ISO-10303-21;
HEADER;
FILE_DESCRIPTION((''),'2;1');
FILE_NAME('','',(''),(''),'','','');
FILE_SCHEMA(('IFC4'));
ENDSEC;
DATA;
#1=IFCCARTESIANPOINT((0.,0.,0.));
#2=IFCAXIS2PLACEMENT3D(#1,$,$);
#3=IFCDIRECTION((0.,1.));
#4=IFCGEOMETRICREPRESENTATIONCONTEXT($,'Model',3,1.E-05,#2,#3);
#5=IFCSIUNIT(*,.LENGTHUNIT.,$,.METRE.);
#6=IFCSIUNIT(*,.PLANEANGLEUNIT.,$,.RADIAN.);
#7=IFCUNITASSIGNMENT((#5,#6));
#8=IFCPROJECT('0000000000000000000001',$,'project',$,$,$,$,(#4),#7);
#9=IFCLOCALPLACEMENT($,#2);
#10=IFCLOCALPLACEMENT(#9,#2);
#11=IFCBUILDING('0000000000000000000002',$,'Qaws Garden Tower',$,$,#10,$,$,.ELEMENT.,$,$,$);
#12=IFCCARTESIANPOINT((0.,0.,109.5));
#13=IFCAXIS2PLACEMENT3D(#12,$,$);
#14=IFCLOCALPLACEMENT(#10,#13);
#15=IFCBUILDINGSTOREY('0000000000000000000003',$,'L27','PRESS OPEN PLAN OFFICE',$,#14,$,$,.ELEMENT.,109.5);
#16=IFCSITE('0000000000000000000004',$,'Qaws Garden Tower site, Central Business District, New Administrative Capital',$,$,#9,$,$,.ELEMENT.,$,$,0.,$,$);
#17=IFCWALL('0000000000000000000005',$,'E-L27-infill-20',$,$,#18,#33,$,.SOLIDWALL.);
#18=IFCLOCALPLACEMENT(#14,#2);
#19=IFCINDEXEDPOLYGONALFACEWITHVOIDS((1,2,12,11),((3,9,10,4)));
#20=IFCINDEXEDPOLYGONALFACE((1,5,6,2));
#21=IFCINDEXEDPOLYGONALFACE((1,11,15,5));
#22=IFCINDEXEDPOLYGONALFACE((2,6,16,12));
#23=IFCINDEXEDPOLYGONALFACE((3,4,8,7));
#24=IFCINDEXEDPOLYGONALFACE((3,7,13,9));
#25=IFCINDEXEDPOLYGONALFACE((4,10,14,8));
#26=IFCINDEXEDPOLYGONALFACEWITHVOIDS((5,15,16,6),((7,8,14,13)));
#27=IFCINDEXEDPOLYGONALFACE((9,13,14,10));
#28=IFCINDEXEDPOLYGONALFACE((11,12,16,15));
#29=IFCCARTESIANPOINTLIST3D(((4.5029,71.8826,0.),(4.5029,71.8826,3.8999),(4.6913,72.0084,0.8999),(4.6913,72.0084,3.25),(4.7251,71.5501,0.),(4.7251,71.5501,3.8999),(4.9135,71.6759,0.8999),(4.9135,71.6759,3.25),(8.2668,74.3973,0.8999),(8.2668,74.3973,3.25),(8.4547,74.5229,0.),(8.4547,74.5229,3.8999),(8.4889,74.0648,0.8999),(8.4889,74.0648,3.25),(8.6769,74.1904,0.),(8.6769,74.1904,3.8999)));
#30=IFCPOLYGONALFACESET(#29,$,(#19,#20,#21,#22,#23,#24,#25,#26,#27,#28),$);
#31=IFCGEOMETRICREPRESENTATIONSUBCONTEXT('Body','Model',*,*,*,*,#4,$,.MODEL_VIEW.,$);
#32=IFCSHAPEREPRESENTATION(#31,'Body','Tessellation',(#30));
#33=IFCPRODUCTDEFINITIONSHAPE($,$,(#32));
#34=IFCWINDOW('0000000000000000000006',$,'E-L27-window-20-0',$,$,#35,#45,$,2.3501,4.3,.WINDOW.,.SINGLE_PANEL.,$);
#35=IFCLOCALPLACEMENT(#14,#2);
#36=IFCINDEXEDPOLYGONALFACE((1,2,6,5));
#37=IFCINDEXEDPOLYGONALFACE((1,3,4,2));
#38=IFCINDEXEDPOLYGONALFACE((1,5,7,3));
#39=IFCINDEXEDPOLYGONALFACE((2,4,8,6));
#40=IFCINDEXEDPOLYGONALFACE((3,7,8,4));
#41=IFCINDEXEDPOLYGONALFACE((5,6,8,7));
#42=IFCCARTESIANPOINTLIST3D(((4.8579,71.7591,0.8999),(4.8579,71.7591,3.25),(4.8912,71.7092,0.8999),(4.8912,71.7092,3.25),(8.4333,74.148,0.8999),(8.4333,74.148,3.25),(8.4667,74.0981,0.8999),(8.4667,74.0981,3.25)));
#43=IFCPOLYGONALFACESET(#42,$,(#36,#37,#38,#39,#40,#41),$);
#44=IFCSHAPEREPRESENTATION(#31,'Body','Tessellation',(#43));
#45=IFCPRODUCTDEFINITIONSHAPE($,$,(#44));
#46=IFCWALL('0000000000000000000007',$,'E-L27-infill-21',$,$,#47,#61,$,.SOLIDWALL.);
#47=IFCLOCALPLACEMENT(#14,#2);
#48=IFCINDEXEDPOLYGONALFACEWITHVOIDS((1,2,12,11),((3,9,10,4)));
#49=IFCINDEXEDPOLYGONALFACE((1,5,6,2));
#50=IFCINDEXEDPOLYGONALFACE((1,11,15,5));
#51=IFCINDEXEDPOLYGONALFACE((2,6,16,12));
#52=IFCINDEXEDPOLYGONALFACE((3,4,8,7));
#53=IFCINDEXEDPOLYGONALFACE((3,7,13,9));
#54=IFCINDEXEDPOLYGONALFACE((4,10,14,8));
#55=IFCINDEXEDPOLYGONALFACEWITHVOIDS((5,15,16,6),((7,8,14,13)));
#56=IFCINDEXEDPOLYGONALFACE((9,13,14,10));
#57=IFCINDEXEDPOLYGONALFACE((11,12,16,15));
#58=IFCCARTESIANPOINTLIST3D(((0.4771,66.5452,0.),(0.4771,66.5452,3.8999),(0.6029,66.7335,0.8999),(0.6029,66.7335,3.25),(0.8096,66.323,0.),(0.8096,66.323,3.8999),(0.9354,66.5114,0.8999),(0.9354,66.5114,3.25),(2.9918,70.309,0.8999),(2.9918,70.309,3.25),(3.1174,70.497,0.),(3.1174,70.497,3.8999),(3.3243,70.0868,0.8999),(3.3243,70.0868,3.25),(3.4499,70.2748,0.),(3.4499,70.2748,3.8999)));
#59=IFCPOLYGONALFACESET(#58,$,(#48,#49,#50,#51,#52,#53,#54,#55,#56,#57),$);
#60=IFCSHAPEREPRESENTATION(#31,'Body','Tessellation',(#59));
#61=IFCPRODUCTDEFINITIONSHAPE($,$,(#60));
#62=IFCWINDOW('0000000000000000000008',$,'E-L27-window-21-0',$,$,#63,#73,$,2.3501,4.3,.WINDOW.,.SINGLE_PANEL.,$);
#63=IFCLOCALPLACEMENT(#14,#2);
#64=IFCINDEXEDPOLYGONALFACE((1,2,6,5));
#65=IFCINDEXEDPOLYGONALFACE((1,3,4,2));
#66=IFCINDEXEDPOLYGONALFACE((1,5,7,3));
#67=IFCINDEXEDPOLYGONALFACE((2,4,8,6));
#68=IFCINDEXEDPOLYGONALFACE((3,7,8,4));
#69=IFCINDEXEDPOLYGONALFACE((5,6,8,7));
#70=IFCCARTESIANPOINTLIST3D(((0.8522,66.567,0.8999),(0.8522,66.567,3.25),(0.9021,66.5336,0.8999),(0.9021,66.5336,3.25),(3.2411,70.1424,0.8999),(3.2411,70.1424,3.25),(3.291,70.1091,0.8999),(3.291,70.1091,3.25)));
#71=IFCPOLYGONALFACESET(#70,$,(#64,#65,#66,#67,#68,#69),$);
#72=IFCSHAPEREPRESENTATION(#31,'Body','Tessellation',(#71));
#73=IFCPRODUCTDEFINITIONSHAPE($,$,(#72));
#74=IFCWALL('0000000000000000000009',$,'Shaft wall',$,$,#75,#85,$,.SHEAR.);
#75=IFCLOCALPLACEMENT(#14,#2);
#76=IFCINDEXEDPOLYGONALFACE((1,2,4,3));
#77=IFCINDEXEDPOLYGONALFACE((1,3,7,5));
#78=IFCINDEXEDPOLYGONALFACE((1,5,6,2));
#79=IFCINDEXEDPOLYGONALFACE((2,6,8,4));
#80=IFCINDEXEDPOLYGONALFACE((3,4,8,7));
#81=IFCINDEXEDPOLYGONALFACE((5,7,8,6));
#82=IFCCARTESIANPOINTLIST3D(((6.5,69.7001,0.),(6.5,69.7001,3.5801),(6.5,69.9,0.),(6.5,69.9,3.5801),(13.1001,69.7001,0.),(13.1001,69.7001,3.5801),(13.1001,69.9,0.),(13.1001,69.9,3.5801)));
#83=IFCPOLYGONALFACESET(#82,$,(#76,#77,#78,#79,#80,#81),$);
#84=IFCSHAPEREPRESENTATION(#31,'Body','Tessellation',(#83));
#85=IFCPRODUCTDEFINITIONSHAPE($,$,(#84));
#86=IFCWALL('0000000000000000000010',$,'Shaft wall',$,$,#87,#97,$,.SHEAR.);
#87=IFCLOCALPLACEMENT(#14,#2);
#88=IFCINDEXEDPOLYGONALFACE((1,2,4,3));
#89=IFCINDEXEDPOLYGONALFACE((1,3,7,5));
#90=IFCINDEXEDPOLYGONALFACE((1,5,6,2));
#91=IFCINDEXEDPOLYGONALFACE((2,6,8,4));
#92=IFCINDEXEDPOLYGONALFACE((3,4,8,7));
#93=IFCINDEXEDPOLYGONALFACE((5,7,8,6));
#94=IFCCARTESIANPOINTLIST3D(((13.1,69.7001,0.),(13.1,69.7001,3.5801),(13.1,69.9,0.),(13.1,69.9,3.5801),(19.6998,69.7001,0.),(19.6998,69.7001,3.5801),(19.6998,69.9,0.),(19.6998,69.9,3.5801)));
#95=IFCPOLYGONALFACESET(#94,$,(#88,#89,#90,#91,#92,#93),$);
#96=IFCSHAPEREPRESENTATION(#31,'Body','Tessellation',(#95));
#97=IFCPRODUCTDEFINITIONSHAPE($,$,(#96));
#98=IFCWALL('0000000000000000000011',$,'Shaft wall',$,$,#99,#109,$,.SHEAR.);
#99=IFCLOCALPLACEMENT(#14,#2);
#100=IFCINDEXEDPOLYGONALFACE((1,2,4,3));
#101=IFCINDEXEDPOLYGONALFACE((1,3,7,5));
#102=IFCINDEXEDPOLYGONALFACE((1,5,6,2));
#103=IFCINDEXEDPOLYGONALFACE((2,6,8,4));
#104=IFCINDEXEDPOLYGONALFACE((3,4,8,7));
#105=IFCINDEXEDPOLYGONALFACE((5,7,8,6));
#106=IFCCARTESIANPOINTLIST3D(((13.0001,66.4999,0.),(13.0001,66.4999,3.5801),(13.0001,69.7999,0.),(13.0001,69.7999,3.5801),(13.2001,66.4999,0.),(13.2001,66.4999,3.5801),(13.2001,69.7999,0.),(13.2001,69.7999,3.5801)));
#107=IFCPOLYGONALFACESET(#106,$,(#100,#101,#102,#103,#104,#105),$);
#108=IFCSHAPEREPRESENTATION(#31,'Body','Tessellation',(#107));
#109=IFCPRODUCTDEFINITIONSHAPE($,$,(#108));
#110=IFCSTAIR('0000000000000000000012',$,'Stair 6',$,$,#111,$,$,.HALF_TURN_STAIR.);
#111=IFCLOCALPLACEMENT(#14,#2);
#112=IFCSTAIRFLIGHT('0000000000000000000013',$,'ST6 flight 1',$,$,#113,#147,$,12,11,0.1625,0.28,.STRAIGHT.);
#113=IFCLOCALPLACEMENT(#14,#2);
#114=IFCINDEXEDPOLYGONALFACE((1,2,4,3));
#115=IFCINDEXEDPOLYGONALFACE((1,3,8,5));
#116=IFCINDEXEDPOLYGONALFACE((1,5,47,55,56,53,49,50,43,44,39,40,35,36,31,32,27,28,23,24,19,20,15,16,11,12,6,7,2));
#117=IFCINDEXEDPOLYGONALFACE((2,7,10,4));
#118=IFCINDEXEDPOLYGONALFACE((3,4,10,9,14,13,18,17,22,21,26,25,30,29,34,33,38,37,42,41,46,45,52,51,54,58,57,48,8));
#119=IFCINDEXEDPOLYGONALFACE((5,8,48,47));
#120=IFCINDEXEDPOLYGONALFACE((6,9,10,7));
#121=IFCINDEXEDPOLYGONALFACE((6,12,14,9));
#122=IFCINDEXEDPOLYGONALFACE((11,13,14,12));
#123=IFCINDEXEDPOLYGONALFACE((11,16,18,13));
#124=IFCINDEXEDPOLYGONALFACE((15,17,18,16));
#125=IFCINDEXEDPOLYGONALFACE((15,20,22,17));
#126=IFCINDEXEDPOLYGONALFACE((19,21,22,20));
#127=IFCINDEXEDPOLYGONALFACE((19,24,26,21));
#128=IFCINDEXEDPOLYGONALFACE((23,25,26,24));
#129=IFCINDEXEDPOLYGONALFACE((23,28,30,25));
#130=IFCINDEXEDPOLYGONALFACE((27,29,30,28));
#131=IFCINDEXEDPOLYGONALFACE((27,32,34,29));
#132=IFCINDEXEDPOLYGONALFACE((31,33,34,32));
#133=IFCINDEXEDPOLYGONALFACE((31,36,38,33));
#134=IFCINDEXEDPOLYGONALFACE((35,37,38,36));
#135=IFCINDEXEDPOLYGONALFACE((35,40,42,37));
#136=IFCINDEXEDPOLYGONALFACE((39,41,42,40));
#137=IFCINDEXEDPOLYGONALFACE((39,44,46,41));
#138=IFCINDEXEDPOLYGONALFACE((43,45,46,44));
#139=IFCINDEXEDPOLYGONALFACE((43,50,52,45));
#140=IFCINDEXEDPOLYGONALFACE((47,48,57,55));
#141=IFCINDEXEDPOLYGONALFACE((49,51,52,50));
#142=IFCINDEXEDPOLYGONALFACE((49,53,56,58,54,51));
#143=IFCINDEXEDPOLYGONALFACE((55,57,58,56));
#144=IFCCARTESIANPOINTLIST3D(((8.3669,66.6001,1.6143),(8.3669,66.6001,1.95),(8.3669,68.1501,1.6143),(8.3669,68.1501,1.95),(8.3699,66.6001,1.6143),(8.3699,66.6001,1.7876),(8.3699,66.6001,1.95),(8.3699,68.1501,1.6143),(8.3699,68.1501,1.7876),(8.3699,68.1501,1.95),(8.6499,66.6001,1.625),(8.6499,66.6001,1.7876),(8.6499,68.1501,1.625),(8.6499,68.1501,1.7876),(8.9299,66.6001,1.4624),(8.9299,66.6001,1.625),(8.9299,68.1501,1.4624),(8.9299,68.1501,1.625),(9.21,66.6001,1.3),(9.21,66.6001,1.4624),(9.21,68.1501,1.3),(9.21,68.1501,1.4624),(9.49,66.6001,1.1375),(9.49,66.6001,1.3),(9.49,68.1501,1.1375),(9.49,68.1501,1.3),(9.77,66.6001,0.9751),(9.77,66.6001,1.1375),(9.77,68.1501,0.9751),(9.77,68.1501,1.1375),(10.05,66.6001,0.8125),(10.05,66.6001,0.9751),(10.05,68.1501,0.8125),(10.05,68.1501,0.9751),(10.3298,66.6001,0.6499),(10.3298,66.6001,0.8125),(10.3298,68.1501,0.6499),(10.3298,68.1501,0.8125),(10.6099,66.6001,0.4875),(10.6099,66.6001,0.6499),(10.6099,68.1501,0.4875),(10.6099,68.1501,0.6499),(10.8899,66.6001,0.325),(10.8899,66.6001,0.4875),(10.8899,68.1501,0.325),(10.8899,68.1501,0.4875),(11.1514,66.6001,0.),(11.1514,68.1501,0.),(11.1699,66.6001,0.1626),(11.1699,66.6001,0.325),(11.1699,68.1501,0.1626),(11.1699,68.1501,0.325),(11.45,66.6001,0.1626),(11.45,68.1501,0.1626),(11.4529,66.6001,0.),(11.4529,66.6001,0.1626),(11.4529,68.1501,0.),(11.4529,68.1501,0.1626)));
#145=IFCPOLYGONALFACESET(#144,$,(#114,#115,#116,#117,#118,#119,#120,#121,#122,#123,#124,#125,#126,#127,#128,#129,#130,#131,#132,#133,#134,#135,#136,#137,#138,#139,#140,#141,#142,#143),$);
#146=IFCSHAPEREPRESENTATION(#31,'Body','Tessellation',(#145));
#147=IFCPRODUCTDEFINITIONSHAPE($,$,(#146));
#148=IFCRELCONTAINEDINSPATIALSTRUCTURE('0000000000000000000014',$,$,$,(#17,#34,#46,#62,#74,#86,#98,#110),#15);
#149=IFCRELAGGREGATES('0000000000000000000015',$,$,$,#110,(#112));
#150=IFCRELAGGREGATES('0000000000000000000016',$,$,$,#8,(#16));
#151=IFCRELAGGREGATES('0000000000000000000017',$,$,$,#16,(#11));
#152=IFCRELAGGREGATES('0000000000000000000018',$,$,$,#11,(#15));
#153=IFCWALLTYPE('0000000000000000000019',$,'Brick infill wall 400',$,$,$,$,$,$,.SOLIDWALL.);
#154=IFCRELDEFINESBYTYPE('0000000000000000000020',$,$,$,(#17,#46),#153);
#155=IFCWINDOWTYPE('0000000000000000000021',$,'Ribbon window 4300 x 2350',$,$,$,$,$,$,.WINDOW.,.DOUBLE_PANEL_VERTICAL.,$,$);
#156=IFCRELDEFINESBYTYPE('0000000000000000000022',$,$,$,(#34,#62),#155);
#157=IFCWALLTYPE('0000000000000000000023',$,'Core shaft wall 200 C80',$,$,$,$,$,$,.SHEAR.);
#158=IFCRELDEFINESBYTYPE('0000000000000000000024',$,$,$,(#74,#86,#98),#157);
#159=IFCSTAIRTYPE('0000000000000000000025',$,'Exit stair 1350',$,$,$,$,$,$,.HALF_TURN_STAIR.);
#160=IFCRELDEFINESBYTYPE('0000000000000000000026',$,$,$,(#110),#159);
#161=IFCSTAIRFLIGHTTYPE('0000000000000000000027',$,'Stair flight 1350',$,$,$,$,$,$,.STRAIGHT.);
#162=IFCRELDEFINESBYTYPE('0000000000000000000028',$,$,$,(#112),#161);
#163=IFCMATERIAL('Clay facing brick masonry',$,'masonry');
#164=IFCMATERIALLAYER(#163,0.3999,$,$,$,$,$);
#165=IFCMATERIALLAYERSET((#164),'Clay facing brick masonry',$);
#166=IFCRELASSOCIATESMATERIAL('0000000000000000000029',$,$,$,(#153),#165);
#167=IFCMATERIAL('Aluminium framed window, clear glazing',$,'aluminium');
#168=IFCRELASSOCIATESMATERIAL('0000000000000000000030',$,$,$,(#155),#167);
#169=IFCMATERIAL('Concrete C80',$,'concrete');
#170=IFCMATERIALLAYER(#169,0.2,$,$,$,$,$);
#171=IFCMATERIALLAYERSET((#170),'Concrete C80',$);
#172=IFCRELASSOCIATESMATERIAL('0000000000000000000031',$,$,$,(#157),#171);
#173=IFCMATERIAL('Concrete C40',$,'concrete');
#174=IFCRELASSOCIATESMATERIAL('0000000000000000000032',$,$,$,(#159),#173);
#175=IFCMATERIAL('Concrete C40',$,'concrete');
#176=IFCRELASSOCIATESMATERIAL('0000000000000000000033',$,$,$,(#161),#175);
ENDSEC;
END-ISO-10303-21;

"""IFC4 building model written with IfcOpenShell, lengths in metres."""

from ifc_helpers import new_model, si_unit, direction, frame, frame_2d, origin, place, context, subcontext, project, spatial, polyline, rectangle, outline, extrude, material, layer, layer_set, type_object, element, fill, aggregate, save


model = new_model("IFC4")

# Units and contexts
model_context = context("Model", 3, precision=1e-05, world=origin(), true_north=direction((0.0, 1.0)))
body_context = subcontext(model_context, "Body", "Model", "MODEL_VIEW")
ifc_project = project(units=[si_unit("LENGTHUNIT", "METRE"), si_unit("PLANEANGLEUNIT", "RADIAN")], contexts=[model_context])

# Site, building, storey
site_placement = place(None, origin())
site = spatial("IfcSite", under=ifc_project, at=site_placement, Name="Qaws Garden Tower site, Central Business District, New Administrative Capital", CompositionType="ELEMENT", RefElevation=0.0)
building_placement = place(site_placement, origin())
building = spatial("IfcBuilding", under=site, at=building_placement, Name="Qaws Garden Tower", CompositionType="ELEMENT")
storey_placement = place(building_placement, frame((0.0, 0.0, 109.5)))
storey = spatial("IfcBuildingStorey", under=building, at=storey_placement, Name="L27", Description="PRESS OPEN PLAN OFFICE", CompositionType="ELEMENT", Elevation=109.5)

# Walls, openings, windows
ifc_material_1 = material(Name="Clay facing brick masonry", Category="masonry")
ifc_layer_1 = layer(ifc_material_1, 0.3999)
ifc_layer_set_1 = layer_set([ifc_layer_1], Name="Clay facing brick masonry")
wall_type_1 = type_object("IfcWallType", Name="Brick infill wall 400", PredefinedType="SOLIDWALL", material=ifc_layer_set_1)
ifc_material_2 = material(Name="Aluminium framed window, clear glazing", Category="aluminium")
window_type = type_object("IfcWindowType", Name="Ribbon window 4300 x 2350", PartitioningType="DOUBLE_PANEL_VERTICAL", PredefinedType="WINDOW", material=ifc_material_2)
wall_1_placement = place(storey_placement, frame((8.5659, 74.3567, 0.0), z_axis=(0.0, 0.0, 1.0), x_axis=(-0.831489, -0.555542, 0.0)))
wall_1 = element("IfcWall", 1, at=wall_1_placement, inside=storey, type_object=wall_type_1, Name="E-L27-infill-20", PredefinedType="SOLIDWALL", context=body_context, shape_type="SweptSolid", body=[
    extrude(rectangle(XDim=4.7527, YDim=0.3999, at=frame_2d((2.3765, 0.0))), origin(), (0.0, 0.0, 1.0), 3.8999),
])
opening_1_placement = place(wall_1_placement, frame((0.2263, 0.0, 0.8999)))
opening_1 = element("IfcOpeningElement", 2, at=opening_1_placement, cuts=wall_1, PredefinedType="OPENING", context=body_context, shape_type="SweptSolid", body=[
    extrude(rectangle(XDim=4.3, YDim=2.3501, at=frame_2d((2.1499, 1.175))), frame((0.0, 0.21, 0.0), z_axis=(0.0, -1.0, 0.0), x_axis=(1.0, 0.0, 0.0)), (0.0, 0.0, 1.0), 0.4199),
])
window_1_placement = place(opening_1_placement, origin())
window_1 = element("IfcWindow", 3, at=window_1_placement, inside=storey, type_object=window_type, Name="E-L27-window-20-0", OverallHeight=2.3501, OverallWidth=4.3, PartitioningType="SINGLE_PANEL", PredefinedType="WINDOW", context=body_context, shape_type="SweptSolid", body=[
    extrude(rectangle(XDim=4.3, YDim=2.3501, at=frame_2d((2.1499, 1.175))), frame((0.0, 0.1599, 0.0), z_axis=(0.0, -1.0, 0.0), x_axis=(1.0, 0.0, 0.0)), (0.0, 0.0, 1.0), 0.0601),
])
fill(opening_1, window_1)
wall_2_placement = place(storey_placement, frame((3.2837, 70.386, 0.0), z_axis=(0.0, 0.0, 1.0), x_axis=(-0.555542, -0.831489, 0.0)))
wall_2 = element("IfcWall", 4, at=wall_2_placement, inside=storey, type_object=wall_type_1, Name="E-L27-infill-21", PredefinedType="SOLIDWALL", context=body_context, shape_type="SweptSolid", body=[
    extrude(rectangle(XDim=4.7527, YDim=0.3999, at=frame_2d((2.3765, 0.0))), origin(), (0.0, 0.0, 1.0), 3.8999),
])
opening_2_placement = place(wall_2_placement, frame((0.2263, 0.0, 0.8999)))
opening_2 = element("IfcOpeningElement", 5, at=opening_2_placement, cuts=wall_2, PredefinedType="OPENING", context=body_context, shape_type="SweptSolid", body=[
    extrude(rectangle(XDim=4.3, YDim=2.3501, at=frame_2d((2.1499, 1.175))), frame((0.0, 0.21, 0.0), z_axis=(0.0, -1.0, 0.0), x_axis=(1.0, 0.0, 0.0)), (0.0, 0.0, 1.0), 0.4199),
])
window_2_placement = place(opening_2_placement, origin())
window_2 = element("IfcWindow", 6, at=window_2_placement, inside=storey, type_object=window_type, Name="E-L27-window-21-0", OverallHeight=2.3501, OverallWidth=4.3, PartitioningType="SINGLE_PANEL", PredefinedType="WINDOW", context=body_context, shape_type="SweptSolid", body=[
    extrude(rectangle(XDim=4.3, YDim=2.3501, at=frame_2d((2.1499, 1.175))), frame((0.0, 0.1599, 0.0), z_axis=(0.0, -1.0, 0.0), x_axis=(1.0, 0.0, 0.0)), (0.0, 0.0, 1.0), 0.0601),
])
fill(opening_2, window_2)

# Walls
ifc_material_3 = material(Name="Concrete C80", Category="concrete")
ifc_layer_2 = layer(ifc_material_3, 0.2)
ifc_layer_set_2 = layer_set([ifc_layer_2], Name="Concrete C80")
wall_type_2 = type_object("IfcWallType", Name="Core shaft wall 200 C80", PredefinedType="SHEAR", material=ifc_layer_set_2)
wall_3_placement = place(storey_placement, frame((6.5, 69.8, 0.0), z_axis=(0.0, 0.0, 1.0), x_axis=(1.0, 0.0, 0.0)))
element("IfcWall", 7, at=wall_3_placement, inside=storey, type_object=wall_type_2, Name="Shaft wall", PredefinedType="SHEAR", context=body_context, shape_type="SweptSolid", body=[
    extrude(rectangle(XDim=6.6001, YDim=0.2, at=frame_2d((3.3, 0.0))), origin(), (0.0, 0.0, 1.0), 3.5801),
])
wall_4_placement = place(storey_placement, frame((13.1001, 69.8, 0.0), z_axis=(0.0, 0.0, 1.0), x_axis=(1.0, 0.0, 0.0)))
element("IfcWall", 8, at=wall_4_placement, inside=storey, type_object=wall_type_2, Name="Shaft wall", PredefinedType="SHEAR", context=body_context, shape_type="SweptSolid", body=[
    extrude(rectangle(XDim=6.5999, YDim=0.2, at=frame_2d((3.2998, 0.0))), origin(), (0.0, 0.0, 1.0), 3.5801),
])
wall_5_placement = place(storey_placement, frame((13.1001, 66.5, 0.0), z_axis=(0.0, 0.0, 1.0), x_axis=(0.0, 1.0, 0.0)))
element("IfcWall", 9, at=wall_5_placement, inside=storey, type_object=wall_type_2, Name="Shaft wall", PredefinedType="SHEAR", context=body_context, shape_type="SweptSolid", body=[
    extrude(rectangle(XDim=3.3, YDim=0.2, at=frame_2d((1.6499, 0.0))), origin(), (0.0, 0.0, 1.0), 3.5801),
])

# Stair, stair flight
ifc_material_4 = material(Name="Concrete C40", Category="concrete")
stair_type = type_object("IfcStairType", Name="Exit stair 1350", PredefinedType="HALF_TURN_STAIR", material=ifc_material_4)
placement = place(storey_placement, origin())
stair_1 = element("IfcStair", 10, at=placement, inside=storey, type_object=stair_type, Name="Stair 6", PredefinedType="HALF_TURN_STAIR")
ifc_material_5 = material(Name="Concrete C40", Category="concrete")
stair_flight_type = type_object("IfcStairFlightType", Name="Stair flight 1350", PredefinedType="STRAIGHT", material=ifc_material_5)
stair_flight_1_placement = place(storey_placement, frame((11.45, 67.375, 0.0), z_axis=(0.0, 0.0, 1.0), x_axis=(-1.0, 0.0, 0.0)))
stair_flight_1 = element("IfcStairFlight", 11, at=stair_flight_1_placement, type_object=stair_flight_type, Name="ST6 flight 1", NumberOfRisers=12, NumberOfTreads=11, PredefinedType="STRAIGHT", RiserHeight=0.1625, TreadLength=0.28, context=body_context, shape_type="SweptSolid", body=[
    extrude(outline(polyline([(-0.0029, 0.0), (-0.0029, 0.1626), (0.0, 0.1626), (0.28, 0.1626), (0.28, 0.325), (0.5601, 0.325), (0.5601, 0.4875), (0.8401, 0.4875), (0.8401, 0.6499), (1.1201, 0.6499), (1.1201, 0.8125), (1.3999, 0.8125), (1.3999, 0.9751), (1.6799, 0.9751), (1.6799, 1.1375), (1.96, 1.1375), (1.96, 1.3), (2.24, 1.3), (2.24, 1.4624), (2.52, 1.4624), (2.52, 1.625), (2.8, 1.625), (2.8, 1.7876), (3.0801, 1.7876), (3.0801, 1.95), (3.083, 1.95), (3.083, 1.6143), (3.0801, 1.6143), (0.2986, 0.0), (-0.0029, 0.0)])), frame((0.0, 0.7749, 0.0), z_axis=(0.0, -1.0, 0.0), x_axis=(1.0, 0.0, 0.0)), (0.0, 0.0, 1.0), 1.55),
])
aggregate(stair_1, [stair_flight_1])

save(model, "model.ifc")
